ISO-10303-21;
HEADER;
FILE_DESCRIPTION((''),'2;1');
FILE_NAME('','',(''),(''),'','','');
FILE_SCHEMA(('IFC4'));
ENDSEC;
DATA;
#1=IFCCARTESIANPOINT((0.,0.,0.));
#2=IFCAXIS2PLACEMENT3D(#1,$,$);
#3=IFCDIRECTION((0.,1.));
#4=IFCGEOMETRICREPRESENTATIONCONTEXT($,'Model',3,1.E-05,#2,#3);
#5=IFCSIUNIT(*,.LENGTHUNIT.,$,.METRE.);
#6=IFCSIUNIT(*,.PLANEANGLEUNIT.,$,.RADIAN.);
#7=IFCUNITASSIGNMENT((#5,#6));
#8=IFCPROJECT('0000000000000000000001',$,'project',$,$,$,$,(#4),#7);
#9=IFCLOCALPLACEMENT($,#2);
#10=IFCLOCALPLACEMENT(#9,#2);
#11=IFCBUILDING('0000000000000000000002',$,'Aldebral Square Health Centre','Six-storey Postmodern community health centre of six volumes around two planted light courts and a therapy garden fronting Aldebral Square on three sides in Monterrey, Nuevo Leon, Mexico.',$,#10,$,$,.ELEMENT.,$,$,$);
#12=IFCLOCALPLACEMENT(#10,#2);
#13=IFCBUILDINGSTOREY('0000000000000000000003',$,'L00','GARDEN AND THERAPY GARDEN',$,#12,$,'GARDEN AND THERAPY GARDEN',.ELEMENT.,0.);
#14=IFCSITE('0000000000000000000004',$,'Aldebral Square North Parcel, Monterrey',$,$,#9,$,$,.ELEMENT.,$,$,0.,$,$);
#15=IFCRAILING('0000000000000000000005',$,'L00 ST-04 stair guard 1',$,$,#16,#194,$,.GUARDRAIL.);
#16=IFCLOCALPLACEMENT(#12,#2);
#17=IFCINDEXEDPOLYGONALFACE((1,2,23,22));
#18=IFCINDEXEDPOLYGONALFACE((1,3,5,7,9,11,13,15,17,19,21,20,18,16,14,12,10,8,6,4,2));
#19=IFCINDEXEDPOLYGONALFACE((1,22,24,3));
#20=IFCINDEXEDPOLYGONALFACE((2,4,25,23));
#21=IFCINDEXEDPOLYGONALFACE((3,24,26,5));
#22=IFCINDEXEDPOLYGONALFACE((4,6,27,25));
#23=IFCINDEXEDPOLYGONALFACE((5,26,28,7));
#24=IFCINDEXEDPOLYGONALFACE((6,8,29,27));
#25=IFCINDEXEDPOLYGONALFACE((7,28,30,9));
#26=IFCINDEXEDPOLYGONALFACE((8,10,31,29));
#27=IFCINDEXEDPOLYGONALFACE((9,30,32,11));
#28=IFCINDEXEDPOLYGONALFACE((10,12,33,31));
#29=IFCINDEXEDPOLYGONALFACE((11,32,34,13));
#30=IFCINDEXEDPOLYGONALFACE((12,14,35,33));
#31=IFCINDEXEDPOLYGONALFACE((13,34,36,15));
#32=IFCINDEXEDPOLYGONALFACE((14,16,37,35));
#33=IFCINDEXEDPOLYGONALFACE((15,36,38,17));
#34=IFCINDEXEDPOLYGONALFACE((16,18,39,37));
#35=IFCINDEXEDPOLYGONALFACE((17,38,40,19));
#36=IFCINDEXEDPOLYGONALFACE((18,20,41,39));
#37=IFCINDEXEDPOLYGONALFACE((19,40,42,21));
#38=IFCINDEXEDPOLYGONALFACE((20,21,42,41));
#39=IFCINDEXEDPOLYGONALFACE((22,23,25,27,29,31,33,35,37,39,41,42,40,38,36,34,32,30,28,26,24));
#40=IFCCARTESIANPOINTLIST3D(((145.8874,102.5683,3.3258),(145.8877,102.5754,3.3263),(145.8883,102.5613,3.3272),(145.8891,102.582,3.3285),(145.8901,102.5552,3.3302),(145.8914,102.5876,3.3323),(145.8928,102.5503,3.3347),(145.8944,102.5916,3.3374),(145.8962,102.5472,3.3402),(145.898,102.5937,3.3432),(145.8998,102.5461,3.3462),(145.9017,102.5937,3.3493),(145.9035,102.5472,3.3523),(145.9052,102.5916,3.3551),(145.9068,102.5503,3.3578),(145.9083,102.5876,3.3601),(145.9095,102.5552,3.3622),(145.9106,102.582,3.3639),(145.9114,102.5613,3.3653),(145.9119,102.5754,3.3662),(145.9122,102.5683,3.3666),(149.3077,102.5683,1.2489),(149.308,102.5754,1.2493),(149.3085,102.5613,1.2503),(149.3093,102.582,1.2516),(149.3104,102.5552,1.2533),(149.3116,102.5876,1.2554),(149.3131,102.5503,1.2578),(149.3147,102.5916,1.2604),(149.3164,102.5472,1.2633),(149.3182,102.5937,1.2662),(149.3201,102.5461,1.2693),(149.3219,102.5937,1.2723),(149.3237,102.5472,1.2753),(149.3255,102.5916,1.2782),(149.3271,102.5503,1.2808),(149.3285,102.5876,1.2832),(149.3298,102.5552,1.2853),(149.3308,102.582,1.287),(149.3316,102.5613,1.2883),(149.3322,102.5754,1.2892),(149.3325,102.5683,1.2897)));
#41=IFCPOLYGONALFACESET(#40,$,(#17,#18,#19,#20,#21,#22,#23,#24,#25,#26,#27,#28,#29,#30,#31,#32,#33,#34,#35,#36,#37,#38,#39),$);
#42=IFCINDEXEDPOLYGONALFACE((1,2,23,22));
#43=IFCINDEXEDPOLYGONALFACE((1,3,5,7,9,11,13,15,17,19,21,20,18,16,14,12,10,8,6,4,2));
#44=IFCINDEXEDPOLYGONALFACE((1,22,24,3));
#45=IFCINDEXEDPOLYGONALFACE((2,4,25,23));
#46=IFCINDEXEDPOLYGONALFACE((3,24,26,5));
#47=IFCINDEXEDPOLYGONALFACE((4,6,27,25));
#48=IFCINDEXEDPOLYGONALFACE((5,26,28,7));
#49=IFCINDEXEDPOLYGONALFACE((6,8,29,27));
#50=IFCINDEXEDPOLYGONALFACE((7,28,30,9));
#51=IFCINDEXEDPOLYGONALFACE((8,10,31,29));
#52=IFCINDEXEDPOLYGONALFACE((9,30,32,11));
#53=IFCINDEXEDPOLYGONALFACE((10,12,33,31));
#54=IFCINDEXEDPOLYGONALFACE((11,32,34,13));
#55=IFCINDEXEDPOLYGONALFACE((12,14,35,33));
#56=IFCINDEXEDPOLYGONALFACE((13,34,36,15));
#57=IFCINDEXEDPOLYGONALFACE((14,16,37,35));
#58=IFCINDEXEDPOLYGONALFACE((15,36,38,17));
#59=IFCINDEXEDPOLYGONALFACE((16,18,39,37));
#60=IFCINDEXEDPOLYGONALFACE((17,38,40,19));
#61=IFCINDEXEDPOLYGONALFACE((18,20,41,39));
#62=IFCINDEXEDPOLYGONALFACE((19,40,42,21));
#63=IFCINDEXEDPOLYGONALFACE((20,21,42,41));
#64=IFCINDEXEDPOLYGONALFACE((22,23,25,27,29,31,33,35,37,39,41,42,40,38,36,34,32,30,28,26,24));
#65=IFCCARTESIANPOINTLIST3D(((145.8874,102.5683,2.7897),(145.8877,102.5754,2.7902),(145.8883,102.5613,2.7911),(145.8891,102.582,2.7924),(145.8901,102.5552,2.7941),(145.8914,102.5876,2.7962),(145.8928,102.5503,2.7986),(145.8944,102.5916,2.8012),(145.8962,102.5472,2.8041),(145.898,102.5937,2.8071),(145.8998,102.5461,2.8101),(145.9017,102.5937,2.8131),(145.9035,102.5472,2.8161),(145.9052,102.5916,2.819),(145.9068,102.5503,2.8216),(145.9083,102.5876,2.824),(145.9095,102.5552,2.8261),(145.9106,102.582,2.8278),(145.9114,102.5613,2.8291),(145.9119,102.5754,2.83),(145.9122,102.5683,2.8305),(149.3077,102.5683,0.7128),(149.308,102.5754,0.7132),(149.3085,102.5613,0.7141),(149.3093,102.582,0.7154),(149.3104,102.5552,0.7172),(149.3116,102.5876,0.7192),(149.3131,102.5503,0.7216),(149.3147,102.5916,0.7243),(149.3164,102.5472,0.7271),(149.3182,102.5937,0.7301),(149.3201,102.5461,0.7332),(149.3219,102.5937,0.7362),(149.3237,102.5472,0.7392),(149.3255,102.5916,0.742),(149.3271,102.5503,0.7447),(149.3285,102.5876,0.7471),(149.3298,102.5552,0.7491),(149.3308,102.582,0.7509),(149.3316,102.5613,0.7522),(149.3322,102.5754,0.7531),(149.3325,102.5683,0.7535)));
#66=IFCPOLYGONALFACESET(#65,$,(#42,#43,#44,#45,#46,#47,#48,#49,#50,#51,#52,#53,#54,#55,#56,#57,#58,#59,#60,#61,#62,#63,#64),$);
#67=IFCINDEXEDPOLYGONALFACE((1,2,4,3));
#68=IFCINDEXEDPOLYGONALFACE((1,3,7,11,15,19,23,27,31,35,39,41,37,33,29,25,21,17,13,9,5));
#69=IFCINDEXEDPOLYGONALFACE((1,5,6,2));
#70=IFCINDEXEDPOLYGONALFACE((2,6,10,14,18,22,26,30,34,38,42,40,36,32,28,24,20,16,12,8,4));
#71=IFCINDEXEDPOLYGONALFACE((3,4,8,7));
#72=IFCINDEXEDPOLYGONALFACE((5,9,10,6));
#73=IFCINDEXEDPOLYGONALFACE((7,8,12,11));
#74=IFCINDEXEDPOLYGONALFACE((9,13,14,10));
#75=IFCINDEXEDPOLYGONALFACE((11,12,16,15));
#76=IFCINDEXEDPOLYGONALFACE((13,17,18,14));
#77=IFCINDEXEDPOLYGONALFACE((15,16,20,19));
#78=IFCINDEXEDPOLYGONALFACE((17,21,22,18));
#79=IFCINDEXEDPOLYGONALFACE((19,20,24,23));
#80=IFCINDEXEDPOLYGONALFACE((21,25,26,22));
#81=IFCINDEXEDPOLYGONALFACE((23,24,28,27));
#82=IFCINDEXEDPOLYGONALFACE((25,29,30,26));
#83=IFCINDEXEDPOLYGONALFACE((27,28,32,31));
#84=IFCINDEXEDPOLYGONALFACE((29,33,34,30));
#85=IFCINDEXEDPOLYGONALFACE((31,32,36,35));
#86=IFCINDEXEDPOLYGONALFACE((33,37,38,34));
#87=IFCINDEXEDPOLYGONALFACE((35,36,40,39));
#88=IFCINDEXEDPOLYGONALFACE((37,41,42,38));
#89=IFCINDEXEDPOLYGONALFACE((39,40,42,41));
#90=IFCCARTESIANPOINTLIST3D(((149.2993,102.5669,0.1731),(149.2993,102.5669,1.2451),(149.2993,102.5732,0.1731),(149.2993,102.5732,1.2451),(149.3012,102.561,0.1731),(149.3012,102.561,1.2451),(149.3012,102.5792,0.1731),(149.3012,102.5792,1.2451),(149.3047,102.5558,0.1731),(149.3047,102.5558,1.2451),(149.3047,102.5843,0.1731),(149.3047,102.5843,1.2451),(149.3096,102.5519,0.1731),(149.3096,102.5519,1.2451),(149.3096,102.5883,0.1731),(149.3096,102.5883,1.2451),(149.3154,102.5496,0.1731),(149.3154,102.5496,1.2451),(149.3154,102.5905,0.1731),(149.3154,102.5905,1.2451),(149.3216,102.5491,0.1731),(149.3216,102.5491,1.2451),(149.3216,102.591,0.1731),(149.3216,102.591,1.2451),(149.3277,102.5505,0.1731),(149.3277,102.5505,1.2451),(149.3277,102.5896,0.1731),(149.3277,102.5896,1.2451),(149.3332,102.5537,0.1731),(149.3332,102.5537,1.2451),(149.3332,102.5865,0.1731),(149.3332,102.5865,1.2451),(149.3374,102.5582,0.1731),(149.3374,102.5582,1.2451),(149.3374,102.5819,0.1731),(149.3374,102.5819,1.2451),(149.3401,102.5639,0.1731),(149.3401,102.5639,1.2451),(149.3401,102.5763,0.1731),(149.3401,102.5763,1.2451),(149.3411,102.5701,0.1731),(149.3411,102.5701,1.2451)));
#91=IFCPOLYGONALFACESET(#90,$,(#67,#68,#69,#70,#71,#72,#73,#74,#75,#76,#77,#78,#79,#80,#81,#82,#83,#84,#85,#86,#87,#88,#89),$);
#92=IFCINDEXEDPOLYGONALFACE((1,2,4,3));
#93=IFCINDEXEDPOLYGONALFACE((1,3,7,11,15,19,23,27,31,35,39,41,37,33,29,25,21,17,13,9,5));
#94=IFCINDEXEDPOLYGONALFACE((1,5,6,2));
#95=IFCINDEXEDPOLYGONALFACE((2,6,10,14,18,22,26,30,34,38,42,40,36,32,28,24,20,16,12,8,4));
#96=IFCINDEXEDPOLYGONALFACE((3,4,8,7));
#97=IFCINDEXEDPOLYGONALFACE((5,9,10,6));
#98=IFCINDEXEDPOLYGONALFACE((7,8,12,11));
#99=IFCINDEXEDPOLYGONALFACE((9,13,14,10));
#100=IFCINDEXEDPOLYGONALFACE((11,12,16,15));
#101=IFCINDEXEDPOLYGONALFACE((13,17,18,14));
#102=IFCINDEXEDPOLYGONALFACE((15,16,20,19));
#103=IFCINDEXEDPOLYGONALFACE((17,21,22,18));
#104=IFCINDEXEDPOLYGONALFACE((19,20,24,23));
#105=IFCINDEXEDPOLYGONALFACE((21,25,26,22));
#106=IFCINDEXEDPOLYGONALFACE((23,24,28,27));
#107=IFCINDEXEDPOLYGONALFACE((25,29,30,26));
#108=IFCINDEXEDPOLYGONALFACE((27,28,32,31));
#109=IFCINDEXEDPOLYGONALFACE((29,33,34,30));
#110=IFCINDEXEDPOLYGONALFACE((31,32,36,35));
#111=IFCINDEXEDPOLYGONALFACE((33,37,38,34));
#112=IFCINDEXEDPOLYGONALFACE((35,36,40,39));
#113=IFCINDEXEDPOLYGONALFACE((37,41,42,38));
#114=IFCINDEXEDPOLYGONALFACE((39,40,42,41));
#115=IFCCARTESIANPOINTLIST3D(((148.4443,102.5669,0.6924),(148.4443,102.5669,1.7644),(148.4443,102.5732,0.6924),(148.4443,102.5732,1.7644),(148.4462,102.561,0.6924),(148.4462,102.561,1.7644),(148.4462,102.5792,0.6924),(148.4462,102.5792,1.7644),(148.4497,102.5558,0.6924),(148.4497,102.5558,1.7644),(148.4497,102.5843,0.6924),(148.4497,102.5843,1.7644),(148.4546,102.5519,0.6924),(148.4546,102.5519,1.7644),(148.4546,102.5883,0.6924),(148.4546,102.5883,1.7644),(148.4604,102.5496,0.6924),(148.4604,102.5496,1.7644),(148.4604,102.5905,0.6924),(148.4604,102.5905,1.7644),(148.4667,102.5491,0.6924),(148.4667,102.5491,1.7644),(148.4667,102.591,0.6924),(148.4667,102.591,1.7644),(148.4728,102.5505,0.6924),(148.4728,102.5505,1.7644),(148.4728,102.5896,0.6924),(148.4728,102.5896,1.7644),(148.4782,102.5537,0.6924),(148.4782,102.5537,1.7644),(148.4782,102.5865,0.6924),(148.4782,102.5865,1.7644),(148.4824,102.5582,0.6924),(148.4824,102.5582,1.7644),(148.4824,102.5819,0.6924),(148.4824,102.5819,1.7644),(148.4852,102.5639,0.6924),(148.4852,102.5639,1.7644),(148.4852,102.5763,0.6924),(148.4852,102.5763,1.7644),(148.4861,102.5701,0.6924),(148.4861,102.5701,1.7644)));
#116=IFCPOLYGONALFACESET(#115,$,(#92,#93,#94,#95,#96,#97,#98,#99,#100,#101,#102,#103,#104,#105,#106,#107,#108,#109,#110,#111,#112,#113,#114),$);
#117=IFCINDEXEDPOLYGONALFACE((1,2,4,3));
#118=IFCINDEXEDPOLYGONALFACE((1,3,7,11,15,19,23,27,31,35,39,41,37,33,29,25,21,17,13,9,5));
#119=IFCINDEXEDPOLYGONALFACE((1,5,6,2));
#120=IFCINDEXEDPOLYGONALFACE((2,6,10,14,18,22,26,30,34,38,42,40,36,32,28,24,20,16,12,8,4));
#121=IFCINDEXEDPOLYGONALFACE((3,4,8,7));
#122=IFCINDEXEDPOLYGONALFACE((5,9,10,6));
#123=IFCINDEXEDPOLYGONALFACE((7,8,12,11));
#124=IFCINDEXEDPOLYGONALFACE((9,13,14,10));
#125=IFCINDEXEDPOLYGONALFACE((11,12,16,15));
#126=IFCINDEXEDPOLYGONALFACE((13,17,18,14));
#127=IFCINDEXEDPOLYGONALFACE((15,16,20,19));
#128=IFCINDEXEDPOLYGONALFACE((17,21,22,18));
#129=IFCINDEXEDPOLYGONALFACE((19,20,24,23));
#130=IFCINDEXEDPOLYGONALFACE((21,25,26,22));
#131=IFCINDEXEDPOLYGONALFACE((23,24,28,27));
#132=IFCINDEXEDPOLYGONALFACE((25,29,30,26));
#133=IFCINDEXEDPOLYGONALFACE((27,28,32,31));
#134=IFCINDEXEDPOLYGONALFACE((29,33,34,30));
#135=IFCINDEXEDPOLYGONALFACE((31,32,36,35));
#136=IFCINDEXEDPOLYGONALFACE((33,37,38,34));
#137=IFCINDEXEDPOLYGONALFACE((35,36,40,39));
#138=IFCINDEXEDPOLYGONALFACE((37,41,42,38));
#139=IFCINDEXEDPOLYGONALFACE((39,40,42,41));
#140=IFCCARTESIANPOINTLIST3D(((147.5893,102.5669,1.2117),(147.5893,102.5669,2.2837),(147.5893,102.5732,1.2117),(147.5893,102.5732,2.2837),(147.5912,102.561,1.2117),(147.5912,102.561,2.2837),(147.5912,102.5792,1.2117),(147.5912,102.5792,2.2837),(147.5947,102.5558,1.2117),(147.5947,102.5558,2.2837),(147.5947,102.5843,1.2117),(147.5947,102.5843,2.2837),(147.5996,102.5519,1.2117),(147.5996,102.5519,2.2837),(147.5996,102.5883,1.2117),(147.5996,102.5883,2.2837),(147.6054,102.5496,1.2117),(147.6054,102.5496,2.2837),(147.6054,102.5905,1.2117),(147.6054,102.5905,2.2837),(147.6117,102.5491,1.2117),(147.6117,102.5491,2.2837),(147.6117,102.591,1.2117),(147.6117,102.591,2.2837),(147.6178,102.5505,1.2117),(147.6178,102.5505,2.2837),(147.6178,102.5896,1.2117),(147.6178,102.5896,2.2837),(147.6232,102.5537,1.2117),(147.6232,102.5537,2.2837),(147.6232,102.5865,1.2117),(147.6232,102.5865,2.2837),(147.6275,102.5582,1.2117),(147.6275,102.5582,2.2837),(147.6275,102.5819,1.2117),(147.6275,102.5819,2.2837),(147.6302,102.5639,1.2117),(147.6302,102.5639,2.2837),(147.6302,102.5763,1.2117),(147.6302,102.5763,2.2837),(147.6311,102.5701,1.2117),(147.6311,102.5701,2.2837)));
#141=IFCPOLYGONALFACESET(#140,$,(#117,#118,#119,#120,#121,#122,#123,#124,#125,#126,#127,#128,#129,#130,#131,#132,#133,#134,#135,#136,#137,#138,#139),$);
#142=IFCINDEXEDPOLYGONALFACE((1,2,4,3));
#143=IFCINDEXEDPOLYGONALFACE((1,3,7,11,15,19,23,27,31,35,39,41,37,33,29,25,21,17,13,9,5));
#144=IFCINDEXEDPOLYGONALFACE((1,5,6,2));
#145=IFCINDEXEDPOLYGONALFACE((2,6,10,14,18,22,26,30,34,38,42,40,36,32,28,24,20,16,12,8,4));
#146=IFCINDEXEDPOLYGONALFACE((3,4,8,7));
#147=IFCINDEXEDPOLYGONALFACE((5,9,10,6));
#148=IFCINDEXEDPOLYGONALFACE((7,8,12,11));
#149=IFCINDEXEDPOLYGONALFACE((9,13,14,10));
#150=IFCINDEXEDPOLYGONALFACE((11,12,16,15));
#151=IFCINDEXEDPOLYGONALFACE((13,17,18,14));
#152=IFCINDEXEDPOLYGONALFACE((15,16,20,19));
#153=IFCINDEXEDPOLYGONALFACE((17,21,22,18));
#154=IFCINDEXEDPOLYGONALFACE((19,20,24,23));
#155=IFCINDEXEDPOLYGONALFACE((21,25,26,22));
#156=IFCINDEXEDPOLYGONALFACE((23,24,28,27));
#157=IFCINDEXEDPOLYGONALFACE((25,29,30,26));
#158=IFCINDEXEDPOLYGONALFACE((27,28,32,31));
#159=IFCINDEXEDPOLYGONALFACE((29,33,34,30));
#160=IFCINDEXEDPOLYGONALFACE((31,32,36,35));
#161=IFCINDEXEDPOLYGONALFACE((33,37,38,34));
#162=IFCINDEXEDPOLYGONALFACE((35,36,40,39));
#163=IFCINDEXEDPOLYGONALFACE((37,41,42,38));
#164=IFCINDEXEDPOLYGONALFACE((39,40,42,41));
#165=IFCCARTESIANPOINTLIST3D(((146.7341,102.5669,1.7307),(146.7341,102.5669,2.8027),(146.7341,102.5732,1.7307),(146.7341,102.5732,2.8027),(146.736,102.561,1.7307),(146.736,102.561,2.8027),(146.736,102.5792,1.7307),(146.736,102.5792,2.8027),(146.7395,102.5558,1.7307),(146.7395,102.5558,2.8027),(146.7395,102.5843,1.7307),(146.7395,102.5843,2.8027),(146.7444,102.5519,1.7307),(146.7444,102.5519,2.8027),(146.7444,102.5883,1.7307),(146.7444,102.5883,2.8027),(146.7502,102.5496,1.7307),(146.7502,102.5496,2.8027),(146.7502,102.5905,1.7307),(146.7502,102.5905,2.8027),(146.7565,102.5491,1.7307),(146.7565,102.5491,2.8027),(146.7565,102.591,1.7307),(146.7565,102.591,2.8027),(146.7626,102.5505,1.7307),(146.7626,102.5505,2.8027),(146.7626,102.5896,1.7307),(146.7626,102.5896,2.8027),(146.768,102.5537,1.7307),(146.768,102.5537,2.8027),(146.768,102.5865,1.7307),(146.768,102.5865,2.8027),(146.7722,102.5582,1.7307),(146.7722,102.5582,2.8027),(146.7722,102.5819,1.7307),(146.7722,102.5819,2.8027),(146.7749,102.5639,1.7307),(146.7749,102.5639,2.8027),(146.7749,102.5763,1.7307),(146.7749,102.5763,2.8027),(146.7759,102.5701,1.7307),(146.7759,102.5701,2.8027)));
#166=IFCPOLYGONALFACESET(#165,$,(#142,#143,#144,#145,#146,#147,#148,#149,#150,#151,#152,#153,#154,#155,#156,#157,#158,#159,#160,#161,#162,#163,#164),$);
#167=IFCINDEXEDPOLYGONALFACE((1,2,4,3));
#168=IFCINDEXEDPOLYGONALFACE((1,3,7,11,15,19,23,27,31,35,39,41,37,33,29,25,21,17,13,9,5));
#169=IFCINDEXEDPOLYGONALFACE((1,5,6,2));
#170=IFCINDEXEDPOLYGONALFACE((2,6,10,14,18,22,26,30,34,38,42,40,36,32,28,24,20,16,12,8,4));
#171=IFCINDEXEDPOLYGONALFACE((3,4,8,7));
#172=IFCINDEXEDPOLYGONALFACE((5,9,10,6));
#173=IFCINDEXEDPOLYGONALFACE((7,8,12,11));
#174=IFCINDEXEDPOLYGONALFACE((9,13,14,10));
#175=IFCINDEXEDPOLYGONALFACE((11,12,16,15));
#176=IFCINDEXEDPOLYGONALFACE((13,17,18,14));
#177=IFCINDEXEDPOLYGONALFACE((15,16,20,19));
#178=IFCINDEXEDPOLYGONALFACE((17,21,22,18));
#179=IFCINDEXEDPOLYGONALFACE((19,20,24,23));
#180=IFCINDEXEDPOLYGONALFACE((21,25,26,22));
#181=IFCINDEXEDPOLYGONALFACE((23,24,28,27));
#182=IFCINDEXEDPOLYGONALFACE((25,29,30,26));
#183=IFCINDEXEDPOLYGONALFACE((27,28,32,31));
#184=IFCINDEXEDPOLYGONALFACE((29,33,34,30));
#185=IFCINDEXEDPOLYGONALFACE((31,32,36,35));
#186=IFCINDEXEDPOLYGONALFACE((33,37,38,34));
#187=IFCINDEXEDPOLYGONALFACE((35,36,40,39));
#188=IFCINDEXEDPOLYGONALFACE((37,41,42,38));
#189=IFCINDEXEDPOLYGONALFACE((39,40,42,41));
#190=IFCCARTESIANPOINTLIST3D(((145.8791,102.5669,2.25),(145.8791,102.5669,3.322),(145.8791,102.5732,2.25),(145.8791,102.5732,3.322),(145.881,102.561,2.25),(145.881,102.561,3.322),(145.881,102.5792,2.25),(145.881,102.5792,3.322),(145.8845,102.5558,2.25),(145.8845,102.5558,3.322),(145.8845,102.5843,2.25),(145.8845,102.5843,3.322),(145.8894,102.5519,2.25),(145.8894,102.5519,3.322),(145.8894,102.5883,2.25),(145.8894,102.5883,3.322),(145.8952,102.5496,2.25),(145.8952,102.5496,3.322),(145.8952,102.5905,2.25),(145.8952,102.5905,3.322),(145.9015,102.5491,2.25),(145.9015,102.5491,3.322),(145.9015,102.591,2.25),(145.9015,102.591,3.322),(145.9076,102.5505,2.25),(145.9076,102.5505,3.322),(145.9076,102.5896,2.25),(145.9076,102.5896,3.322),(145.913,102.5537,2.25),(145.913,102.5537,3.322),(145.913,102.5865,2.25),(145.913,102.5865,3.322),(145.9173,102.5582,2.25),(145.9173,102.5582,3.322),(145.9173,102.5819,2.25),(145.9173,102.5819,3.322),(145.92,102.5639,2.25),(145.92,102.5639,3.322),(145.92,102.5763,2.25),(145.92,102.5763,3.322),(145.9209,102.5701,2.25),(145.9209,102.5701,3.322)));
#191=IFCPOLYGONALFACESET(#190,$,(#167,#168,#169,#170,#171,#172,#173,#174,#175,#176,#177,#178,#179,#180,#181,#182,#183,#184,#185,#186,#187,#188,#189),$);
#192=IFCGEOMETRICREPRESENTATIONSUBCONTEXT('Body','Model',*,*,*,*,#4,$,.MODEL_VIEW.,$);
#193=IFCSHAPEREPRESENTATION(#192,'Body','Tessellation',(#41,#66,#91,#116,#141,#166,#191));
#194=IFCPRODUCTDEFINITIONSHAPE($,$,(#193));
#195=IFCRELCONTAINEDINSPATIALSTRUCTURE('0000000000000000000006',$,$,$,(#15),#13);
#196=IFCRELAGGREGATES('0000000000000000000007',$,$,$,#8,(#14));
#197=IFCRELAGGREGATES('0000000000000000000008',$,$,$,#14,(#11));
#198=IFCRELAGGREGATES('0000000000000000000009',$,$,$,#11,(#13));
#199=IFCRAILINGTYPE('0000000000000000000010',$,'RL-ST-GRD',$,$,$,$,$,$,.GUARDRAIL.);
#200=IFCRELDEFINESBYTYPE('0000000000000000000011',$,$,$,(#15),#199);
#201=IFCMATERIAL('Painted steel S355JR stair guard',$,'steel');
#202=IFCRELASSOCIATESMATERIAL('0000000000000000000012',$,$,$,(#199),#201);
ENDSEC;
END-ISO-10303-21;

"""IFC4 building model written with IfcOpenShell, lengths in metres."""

from ifc_helpers import new_model, si_unit, direction, frame, origin, origin_2d, place, context, subcontext, project, spatial, circle, extrude, material, type_object, element, save


model = new_model("IFC4")

# Units and contexts
model_context = context("Model", 3, precision=1e-05, world=origin(), true_north=direction((0.0, 1.0)))
body_context = subcontext(model_context, "Body", "Model", "MODEL_VIEW")
ifc_project = project(units=[si_unit("LENGTHUNIT", "METRE"), si_unit("PLANEANGLEUNIT", "RADIAN")], contexts=[model_context])

# Site, building, storey
site_placement = place(None, origin())
site = spatial("IfcSite", under=ifc_project, at=site_placement, Name="Aldebral Square North Parcel, Monterrey", CompositionType="ELEMENT", RefElevation=0.0)
building_placement = place(site_placement, origin())
building = spatial("IfcBuilding", under=site, at=building_placement, Name="Aldebral Square Health Centre", Description="Six-storey Postmodern community health centre of six volumes around two planted light courts and a therapy garden fronting Aldebral Square on three sides in Monterrey, Nuevo Leon, Mexico.", CompositionType="ELEMENT")
storey_placement = place(building_placement, origin())
storey = spatial("IfcBuildingStorey", under=building, at=storey_placement, Name="L00", Description="GARDEN AND THERAPY GARDEN", LongName="GARDEN AND THERAPY GARDEN", CompositionType="ELEMENT", Elevation=0.0)

# Railing
ifc_material_1 = material(Name="Painted steel S355JR stair guard", Category="steel")
railing_type_1 = type_object("IfcRailingType", Name="RL-ST-GRD", PredefinedType="GUARDRAIL", material=ifc_material_1)
railing_1_placement = place(storey_placement, frame((149.3201, 102.5701, 0.1731)))
element("IfcRailing", 1, at=railing_1_placement, inside=storey, type_object=railing_type_1, Name="L00 ST-04 stair guard 1", PredefinedType="GUARDRAIL", context=body_context, shape_type="SweptSolid", body=[
    extrude(circle(Radius=0.0239, at=origin_2d()), frame((0.0, 0.0, 1.0962), z_axis=(-0.854746, 0.0, 0.519047), x_axis=(0.0, -1.0, 0.0)), (0.0, 0.0, 1.0), 4.0015),
    extrude(circle(Radius=0.0239, at=origin_2d()), frame((0.0, 0.0, 0.5601), z_axis=(-0.854746, 0.0, 0.519047), x_axis=(0.0, -1.0, 0.0)), (0.0, 0.0, 1.0), 4.0015),
    extrude(circle(Radius=0.021, at=origin_2d()), origin(), (0.0, 0.0, 1.0), 1.072),
    extrude(circle(Radius=0.021, at=origin_2d()), frame((-0.855, 0.0, 0.5193)), (0.0, 0.0, 1.0), 1.072),
    extrude(circle(Radius=0.021, at=origin_2d()), frame((-1.71, 0.0, 1.0386)), (0.0, 0.0, 1.0), 1.072),
    extrude(circle(Radius=0.021, at=origin_2d()), frame((-2.5652, 0.0, 1.5576)), (0.0, 0.0, 1.0), 1.072),
    extrude(circle(Radius=0.021, at=origin_2d()), frame((-3.4202, 0.0, 2.0769)), (0.0, 0.0, 1.0), 1.072),
])

save(model, "model.ifc")
